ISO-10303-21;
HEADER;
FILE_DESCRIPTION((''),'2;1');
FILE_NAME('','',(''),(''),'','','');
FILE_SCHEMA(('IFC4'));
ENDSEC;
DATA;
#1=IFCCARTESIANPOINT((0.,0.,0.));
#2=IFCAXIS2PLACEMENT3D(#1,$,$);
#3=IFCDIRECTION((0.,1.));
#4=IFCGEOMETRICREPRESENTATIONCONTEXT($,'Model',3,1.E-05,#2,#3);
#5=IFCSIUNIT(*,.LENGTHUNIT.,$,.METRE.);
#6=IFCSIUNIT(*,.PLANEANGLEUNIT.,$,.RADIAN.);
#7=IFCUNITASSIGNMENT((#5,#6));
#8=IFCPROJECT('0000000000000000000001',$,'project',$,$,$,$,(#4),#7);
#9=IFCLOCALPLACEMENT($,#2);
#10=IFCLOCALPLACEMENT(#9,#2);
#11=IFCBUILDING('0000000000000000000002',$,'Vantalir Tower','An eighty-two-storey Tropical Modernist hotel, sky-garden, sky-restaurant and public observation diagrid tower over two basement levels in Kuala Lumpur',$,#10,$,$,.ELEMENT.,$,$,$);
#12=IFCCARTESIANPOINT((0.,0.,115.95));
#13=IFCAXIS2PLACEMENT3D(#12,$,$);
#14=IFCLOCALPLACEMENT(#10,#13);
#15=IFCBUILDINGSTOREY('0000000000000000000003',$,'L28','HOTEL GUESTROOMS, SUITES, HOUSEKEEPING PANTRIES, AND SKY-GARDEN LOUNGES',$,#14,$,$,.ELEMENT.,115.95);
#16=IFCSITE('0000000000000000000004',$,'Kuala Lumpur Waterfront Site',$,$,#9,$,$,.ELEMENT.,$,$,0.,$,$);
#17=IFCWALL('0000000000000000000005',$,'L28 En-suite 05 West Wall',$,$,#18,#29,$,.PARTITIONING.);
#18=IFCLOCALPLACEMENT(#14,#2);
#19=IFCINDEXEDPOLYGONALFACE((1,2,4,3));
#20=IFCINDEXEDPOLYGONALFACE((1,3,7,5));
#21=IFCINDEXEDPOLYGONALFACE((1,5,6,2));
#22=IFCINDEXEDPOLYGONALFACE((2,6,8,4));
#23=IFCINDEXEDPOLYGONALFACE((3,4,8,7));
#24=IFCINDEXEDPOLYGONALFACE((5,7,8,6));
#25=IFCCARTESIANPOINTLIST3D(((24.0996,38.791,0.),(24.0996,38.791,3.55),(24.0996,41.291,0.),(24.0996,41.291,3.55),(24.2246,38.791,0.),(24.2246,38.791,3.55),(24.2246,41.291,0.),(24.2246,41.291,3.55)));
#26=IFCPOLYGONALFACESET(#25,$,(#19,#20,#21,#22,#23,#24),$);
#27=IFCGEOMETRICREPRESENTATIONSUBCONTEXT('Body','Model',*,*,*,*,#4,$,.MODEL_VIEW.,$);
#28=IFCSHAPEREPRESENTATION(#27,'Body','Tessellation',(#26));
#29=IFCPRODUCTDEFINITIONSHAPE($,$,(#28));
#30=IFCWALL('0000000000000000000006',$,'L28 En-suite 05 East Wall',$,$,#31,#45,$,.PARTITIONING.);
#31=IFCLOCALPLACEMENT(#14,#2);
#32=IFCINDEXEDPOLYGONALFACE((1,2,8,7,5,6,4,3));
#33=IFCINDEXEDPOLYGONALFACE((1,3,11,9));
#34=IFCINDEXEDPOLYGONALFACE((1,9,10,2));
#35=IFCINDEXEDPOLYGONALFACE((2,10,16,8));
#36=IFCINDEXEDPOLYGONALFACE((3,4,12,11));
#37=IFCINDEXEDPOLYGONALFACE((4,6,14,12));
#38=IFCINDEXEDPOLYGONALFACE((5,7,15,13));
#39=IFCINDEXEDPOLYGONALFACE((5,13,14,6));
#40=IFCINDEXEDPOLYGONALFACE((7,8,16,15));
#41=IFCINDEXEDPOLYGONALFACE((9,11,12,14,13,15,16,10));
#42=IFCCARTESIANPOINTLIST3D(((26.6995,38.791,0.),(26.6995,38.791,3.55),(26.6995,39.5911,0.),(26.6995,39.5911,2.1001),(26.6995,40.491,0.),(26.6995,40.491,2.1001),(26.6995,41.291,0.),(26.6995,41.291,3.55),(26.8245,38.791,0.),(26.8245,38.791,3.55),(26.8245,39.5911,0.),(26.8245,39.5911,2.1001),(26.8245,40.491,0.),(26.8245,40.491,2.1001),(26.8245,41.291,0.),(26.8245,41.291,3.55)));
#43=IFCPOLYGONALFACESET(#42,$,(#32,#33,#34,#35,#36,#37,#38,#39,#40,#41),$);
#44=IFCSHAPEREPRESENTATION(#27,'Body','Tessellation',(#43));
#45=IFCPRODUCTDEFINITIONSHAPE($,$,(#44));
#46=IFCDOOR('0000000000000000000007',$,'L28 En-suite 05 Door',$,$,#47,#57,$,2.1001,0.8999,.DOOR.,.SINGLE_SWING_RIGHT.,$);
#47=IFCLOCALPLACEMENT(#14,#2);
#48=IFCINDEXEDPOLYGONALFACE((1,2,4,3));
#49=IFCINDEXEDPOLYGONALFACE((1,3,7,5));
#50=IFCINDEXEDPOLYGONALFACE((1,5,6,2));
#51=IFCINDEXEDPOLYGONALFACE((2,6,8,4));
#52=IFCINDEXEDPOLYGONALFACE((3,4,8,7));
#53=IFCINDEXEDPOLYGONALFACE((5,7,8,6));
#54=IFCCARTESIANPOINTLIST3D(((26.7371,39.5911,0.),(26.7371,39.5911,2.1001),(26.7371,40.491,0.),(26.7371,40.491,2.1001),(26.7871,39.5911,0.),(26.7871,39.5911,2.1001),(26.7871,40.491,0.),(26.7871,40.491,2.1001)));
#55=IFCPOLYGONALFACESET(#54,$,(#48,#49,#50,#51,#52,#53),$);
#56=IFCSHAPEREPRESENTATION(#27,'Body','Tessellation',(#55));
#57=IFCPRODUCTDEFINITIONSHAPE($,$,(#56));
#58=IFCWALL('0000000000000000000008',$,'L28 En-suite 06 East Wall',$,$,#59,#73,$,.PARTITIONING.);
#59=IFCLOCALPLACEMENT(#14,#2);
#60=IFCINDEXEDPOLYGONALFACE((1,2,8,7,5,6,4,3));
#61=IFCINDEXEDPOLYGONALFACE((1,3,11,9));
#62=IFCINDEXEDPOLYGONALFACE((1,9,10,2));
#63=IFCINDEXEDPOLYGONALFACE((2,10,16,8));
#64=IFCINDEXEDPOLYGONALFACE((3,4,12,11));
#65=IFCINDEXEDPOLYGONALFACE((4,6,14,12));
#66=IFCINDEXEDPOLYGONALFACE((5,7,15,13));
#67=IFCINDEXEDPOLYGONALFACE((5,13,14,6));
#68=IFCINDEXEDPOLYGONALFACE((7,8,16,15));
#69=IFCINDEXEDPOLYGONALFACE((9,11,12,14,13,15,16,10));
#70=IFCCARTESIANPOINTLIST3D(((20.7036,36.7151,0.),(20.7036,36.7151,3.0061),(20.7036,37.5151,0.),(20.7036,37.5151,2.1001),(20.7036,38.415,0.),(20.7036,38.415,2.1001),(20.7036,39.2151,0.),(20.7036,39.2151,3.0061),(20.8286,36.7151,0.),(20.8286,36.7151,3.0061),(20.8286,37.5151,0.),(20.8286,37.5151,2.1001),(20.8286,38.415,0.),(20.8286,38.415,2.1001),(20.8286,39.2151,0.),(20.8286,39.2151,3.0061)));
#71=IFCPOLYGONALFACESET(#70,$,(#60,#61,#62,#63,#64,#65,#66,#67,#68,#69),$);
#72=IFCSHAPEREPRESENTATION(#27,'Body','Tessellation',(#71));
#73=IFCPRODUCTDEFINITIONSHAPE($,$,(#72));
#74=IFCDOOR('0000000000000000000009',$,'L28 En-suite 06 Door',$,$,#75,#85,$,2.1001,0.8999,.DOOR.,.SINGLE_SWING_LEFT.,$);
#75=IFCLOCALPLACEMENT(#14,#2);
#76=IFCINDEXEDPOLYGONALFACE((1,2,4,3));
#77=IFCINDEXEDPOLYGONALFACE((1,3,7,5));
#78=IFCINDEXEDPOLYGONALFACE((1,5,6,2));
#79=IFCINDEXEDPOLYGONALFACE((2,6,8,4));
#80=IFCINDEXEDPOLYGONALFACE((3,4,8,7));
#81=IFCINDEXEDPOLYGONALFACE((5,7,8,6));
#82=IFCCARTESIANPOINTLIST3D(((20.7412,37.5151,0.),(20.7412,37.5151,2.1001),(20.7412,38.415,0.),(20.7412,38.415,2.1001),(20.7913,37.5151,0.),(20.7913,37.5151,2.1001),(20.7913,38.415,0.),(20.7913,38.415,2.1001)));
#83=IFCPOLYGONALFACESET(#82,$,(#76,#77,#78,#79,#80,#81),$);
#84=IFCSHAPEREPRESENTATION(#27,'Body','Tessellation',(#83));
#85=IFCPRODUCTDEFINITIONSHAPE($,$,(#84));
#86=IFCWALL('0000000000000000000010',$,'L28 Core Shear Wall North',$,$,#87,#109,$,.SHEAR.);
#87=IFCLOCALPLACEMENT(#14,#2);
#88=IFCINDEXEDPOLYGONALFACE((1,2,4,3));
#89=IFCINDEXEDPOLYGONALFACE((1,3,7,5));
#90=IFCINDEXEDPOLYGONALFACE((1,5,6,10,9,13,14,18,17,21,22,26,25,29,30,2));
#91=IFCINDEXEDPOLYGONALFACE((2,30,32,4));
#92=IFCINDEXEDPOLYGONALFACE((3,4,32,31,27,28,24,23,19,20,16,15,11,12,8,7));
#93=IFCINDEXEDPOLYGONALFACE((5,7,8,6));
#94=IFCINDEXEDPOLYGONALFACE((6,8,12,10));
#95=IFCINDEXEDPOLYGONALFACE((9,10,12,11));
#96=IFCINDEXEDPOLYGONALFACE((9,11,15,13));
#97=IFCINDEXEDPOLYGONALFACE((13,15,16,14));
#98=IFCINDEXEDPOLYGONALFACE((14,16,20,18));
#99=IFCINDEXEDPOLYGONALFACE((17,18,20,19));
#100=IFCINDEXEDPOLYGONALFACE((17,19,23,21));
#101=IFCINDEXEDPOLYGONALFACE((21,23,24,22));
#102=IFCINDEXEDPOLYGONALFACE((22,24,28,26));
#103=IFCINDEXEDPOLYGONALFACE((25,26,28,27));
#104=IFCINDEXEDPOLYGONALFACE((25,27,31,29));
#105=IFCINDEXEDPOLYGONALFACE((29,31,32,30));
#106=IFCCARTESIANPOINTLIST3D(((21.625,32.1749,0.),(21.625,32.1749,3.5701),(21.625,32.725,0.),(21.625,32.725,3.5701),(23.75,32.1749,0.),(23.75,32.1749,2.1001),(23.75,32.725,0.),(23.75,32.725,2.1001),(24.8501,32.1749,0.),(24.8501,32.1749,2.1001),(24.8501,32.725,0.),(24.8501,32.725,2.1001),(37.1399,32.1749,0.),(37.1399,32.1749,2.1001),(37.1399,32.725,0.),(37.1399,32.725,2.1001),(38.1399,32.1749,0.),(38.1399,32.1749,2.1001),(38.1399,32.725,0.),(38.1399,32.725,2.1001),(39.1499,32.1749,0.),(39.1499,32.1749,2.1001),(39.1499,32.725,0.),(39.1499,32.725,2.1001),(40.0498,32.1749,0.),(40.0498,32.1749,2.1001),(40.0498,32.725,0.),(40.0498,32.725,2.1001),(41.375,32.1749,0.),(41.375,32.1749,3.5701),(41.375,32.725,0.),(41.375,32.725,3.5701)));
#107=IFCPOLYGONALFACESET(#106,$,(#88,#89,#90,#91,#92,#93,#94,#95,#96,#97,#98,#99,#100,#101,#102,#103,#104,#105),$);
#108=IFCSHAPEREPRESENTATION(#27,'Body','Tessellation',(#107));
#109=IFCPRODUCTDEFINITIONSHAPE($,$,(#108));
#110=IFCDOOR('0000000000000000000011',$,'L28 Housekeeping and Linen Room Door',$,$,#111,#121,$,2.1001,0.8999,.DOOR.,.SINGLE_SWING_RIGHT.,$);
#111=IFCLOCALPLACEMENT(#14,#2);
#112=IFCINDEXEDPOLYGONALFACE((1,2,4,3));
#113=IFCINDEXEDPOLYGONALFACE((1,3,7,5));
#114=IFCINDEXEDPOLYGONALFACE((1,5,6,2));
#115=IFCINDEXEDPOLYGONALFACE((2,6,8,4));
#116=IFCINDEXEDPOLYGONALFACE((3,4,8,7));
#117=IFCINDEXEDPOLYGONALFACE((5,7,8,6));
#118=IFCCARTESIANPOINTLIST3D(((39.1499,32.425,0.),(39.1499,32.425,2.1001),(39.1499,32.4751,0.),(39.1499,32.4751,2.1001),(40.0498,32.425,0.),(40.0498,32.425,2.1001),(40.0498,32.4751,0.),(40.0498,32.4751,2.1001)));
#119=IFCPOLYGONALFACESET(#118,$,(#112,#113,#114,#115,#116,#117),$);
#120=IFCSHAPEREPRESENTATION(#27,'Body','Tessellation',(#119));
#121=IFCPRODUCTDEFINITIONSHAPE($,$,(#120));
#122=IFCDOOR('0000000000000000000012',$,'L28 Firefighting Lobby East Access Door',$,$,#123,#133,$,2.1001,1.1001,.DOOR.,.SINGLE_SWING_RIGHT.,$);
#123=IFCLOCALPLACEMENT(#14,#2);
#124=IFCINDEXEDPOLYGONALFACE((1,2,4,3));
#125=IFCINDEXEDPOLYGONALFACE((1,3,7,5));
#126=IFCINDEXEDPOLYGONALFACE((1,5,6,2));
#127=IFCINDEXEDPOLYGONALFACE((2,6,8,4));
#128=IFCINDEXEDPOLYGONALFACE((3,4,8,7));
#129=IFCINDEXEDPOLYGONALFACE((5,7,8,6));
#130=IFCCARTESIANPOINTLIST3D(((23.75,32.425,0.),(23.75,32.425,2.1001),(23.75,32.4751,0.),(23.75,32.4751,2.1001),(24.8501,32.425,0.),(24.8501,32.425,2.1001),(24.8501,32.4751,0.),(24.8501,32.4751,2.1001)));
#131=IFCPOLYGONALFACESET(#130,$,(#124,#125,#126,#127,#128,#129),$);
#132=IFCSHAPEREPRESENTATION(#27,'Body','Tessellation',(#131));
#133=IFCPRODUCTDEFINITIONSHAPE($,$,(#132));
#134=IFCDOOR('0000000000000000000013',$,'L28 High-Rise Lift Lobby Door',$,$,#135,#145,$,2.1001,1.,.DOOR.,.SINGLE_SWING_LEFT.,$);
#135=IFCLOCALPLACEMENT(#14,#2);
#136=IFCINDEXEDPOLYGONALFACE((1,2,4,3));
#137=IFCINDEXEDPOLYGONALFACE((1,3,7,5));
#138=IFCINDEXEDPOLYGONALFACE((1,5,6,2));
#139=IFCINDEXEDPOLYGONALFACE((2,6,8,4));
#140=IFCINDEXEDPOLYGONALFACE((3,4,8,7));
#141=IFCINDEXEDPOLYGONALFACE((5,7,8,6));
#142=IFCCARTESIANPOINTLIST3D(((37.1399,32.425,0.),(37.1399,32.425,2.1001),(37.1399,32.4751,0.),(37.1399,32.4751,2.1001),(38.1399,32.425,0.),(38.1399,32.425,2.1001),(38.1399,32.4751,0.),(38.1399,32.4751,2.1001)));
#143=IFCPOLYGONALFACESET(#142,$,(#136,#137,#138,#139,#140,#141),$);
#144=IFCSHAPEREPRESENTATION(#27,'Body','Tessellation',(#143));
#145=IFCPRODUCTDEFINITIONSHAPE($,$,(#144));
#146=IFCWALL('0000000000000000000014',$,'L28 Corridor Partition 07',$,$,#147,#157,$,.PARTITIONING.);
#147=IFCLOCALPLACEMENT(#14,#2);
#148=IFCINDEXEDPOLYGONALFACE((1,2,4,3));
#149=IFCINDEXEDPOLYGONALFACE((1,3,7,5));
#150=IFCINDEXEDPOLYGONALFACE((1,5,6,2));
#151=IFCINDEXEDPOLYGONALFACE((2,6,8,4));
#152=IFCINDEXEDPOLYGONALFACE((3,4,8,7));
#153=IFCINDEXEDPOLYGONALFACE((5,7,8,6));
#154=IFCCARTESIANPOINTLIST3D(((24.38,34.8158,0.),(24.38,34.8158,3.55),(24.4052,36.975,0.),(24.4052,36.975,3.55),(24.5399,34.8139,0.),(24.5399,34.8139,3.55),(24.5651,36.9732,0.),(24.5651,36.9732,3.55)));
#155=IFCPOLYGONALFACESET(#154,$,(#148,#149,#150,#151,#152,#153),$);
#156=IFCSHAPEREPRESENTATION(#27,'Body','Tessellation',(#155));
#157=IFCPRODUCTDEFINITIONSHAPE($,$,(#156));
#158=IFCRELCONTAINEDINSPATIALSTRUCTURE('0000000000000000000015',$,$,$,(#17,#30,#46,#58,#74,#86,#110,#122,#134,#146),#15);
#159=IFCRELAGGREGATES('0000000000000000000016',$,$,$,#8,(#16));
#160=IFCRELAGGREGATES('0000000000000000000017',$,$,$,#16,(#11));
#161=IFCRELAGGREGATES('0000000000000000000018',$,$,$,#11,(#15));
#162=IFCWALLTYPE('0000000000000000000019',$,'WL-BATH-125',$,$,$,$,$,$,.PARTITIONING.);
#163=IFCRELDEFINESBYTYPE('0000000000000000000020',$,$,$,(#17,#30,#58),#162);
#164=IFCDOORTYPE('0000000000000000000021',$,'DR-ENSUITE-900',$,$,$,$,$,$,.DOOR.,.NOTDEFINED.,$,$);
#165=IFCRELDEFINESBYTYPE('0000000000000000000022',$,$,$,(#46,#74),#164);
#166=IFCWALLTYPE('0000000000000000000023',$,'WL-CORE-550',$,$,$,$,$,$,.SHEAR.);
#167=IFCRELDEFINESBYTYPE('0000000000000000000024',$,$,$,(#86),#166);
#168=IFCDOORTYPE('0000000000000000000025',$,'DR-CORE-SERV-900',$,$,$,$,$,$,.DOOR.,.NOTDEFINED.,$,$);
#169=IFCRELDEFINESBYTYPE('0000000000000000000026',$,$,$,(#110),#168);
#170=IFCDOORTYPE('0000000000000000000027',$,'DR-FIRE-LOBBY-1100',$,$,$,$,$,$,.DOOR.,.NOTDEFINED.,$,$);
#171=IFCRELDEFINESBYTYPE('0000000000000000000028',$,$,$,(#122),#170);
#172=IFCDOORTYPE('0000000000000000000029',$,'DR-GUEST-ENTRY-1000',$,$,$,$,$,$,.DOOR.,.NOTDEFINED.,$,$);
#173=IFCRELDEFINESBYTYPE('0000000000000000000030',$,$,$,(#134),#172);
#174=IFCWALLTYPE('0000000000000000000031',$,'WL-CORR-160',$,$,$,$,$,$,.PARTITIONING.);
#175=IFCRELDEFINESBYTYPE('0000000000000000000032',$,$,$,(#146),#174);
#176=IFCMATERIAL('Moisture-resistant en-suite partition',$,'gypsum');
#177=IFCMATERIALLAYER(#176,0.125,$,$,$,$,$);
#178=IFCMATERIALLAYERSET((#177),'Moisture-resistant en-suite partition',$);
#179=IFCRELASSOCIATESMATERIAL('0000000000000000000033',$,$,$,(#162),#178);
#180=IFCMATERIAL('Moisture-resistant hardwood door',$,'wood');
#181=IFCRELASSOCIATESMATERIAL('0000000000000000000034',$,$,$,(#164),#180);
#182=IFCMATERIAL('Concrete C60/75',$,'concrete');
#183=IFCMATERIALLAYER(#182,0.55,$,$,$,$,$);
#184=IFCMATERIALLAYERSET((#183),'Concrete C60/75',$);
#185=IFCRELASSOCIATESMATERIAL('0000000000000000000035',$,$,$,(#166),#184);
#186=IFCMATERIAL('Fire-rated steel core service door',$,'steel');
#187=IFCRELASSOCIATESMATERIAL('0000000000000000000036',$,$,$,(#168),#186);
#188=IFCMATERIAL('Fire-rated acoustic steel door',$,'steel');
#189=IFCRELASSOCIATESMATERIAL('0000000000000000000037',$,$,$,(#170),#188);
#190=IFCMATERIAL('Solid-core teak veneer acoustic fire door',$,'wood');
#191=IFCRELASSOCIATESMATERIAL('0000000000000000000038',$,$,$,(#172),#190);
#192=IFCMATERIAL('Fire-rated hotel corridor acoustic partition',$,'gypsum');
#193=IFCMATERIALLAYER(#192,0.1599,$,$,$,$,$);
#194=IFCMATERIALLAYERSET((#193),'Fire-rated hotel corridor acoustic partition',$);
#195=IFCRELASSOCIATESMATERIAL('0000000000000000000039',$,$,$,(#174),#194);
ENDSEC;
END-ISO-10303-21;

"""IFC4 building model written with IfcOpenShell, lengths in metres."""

from ifc_helpers import new_model, si_unit, direction, frame, frame_2d, origin, place, context, subcontext, project, spatial, rectangle, extrude, material, layer, layer_set, type_object, element, fill, save


model = new_model("IFC4")

# Units and contexts
model_context = context("Model", 3, precision=1e-05, world=origin(), true_north=direction((0.0, 1.0)))
body_context = subcontext(model_context, "Body", "Model", "MODEL_VIEW")
ifc_project = project(units=[si_unit("LENGTHUNIT", "METRE"), si_unit("PLANEANGLEUNIT", "RADIAN")], contexts=[model_context])

# Site, building, storey
site_placement = place(None, origin())
site = spatial("IfcSite", under=ifc_project, at=site_placement, Name="Kuala Lumpur Waterfront Site", CompositionType="ELEMENT", RefElevation=0.0)
building_placement = place(site_placement, origin())
building = spatial("IfcBuilding", under=site, at=building_placement, Name="Vantalir Tower", Description="An eighty-two-storey Tropical Modernist hotel, sky-garden, sky-restaurant and public observation diagrid tower over two basement levels in Kuala Lumpur", CompositionType="ELEMENT")
storey_placement = place(building_placement, frame((0.0, 0.0, 115.95)))
storey = spatial("IfcBuildingStorey", under=building, at=storey_placement, Name="L28", Description="HOTEL GUESTROOMS, SUITES, HOUSEKEEPING PANTRIES, AND SKY-GARDEN LOUNGES", CompositionType="ELEMENT", Elevation=115.95)

# Shared definitions
ifc_material_1 = material(Name="Concrete C60/75", Category="concrete")

# Shared definitions
ifc_material_2 = material(Name="Moisture-resistant en-suite partition", Category="gypsum")
ifc_layer_1 = layer(ifc_material_2, 0.125)
ifc_layer_set_1 = layer_set([ifc_layer_1], Name="Moisture-resistant en-suite partition")
wall_type_1 = type_object("IfcWallType", Name="WL-BATH-125", PredefinedType="PARTITIONING", material=ifc_layer_set_1)
ifc_material_3 = material(Name="Moisture-resistant hardwood door", Category="wood")
door_type_1 = type_object("IfcDoorType", Name="DR-ENSUITE-900", OperationType="NOTDEFINED", PredefinedType="DOOR", material=ifc_material_3)

# Wall
wall_1_placement = place(storey_placement, frame((24.1621, 38.791, 0.0), z_axis=(0.0, 0.0, 1.0), x_axis=(0.0, 1.0, 0.0)))
element("IfcWall", 1, at=wall_1_placement, inside=storey, type_object=wall_type_1, Name="L28 En-suite 05 West Wall", PredefinedType="PARTITIONING", context=body_context, shape_type="SweptSolid", body=[
    extrude(rectangle(XDim=2.5, YDim=0.125, at=frame_2d((1.25, 0.0))), origin(), (0.0, 0.0, 1.0), 3.55),
])

# Walls, openings, doors
wall_2_placement = place(storey_placement, frame((26.762, 38.791, 0.0), z_axis=(0.0, 0.0, 1.0), x_axis=(0.0, 1.0, 0.0)))
wall_2 = element("IfcWall", 2, at=wall_2_placement, inside=storey, type_object=wall_type_1, Name="L28 En-suite 05 East Wall", PredefinedType="PARTITIONING", context=body_context, shape_type="SweptSolid", body=[
    extrude(rectangle(XDim=2.5, YDim=0.125, at=frame_2d((1.25, 0.0))), origin(), (0.0, 0.0, 1.0), 3.55),
])
opening_1_placement = place(wall_2_placement, frame((0.8, 0.0, 0.0)))
opening_1 = element("IfcOpeningElement", 3, at=opening_1_placement, cuts=wall_2, PredefinedType="OPENING", context=body_context, shape_type="SweptSolid", body=[
    extrude(rectangle(XDim=0.8999, YDim=2.1001, at=frame_2d((0.45, 1.05))), frame((0.0, 0.0725, 0.0), z_axis=(0.0, -1.0, 0.0), x_axis=(1.0, 0.0, 0.0)), (0.0, 0.0, 1.0), 0.145),
])
door_1_placement = place(opening_1_placement, origin())
door_1 = element("IfcDoor", 4, at=door_1_placement, inside=storey, type_object=door_type_1, Name="L28 En-suite 05 Door", OperationType="SINGLE_SWING_RIGHT", OverallHeight=2.1001, OverallWidth=0.8999, PredefinedType="DOOR", context=body_context, shape_type="SweptSolid", body=[
    extrude(rectangle(XDim=0.8999, YDim=2.1001, at=frame_2d((0.45, 1.05))), frame((0.0, 0.0249, 0.0), z_axis=(0.0, -1.0, 0.0), x_axis=(1.0, 0.0, 0.0)), (0.0, 0.0, 1.0), 0.05),
])
fill(opening_1, door_1)
wall_3_placement = place(storey_placement, frame((20.7661, 36.7151, 0.0), z_axis=(0.0, 0.0, 1.0), x_axis=(0.0, 1.0, 0.0)))
wall_3 = element("IfcWall", 5, at=wall_3_placement, inside=storey, type_object=wall_type_1, Name="L28 En-suite 06 East Wall", PredefinedType="PARTITIONING", context=body_context, shape_type="SweptSolid", body=[
    extrude(rectangle(XDim=2.5, YDim=0.125, at=frame_2d((1.25, 0.0))), origin(), (0.0, 0.0, 1.0), 3.0061),
])
opening_2_placement = place(wall_3_placement, frame((0.8, 0.0, 0.0)))
opening_2 = element("IfcOpeningElement", 6, at=opening_2_placement, cuts=wall_3, PredefinedType="OPENING", context=body_context, shape_type="SweptSolid", body=[
    extrude(rectangle(XDim=0.8999, YDim=2.1001, at=frame_2d((0.45, 1.05))), frame((0.0, 0.0725, 0.0), z_axis=(0.0, -1.0, 0.0), x_axis=(1.0, 0.0, 0.0)), (0.0, 0.0, 1.0), 0.145),
])
door_2_placement = place(opening_2_placement, origin())
door_2 = element("IfcDoor", 7, at=door_2_placement, inside=storey, type_object=door_type_1, Name="L28 En-suite 06 Door", OperationType="SINGLE_SWING_LEFT", OverallHeight=2.1001, OverallWidth=0.8999, PredefinedType="DOOR", context=body_context, shape_type="SweptSolid", body=[
    extrude(rectangle(XDim=0.8999, YDim=2.1001, at=frame_2d((0.45, 1.05))), frame((0.0, 0.0249, 0.0), z_axis=(0.0, -1.0, 0.0), x_axis=(1.0, 0.0, 0.0)), (0.0, 0.0, 1.0), 0.05),
])
fill(opening_2, door_2)

# Wall, openings, doors
ifc_layer_2 = layer(ifc_material_1, 0.55)
ifc_layer_set_2 = layer_set([ifc_layer_2], Name="Concrete C60/75")
wall_type_2 = type_object("IfcWallType", Name="WL-CORE-550", PredefinedType="SHEAR", material=ifc_layer_set_2)
wall_4_placement = place(storey_placement, frame((21.625, 32.45, 0.0), z_axis=(0.0, 0.0, 1.0), x_axis=(1.0, 0.0, 0.0)))
wall_4 = element("IfcWall", 8, at=wall_4_placement, inside=storey, type_object=wall_type_2, Name="L28 Core Shear Wall North", PredefinedType="SHEAR", context=body_context, shape_type="SweptSolid", body=[
    extrude(rectangle(XDim=19.75, YDim=0.55, at=frame_2d((9.875, 0.0))), origin(), (0.0, 0.0, 1.0), 3.5701),
])
opening_3_placement = place(wall_4_placement, frame((2.125, 0.0, 0.0)))
opening_3 = element("IfcOpeningElement", 9, at=opening_3_placement, cuts=wall_4, PredefinedType="OPENING", context=body_context, shape_type="SweptSolid", body=[
    extrude(rectangle(XDim=1.1001, YDim=2.1001, at=frame_2d((0.55, 1.05))), frame((0.0, 0.2849, 0.0), z_axis=(0.0, -1.0, 0.0), x_axis=(1.0, 0.0, 0.0)), (0.0, 0.0, 1.0), 0.5701),
])
opening_4_placement = place(wall_4_placement, frame((15.5149, 0.0, 0.0)))
opening_4 = element("IfcOpeningElement", 10, at=opening_4_placement, cuts=wall_4, PredefinedType="OPENING", context=body_context, shape_type="SweptSolid", body=[
    extrude(rectangle(XDim=1.0, YDim=2.1001, at=frame_2d((0.5, 1.05))), frame((0.0, 0.2849, 0.0), z_axis=(0.0, -1.0, 0.0), x_axis=(1.0, 0.0, 0.0)), (0.0, 0.0, 1.0), 0.5701),
])
opening_5_placement = place(wall_4_placement, frame((17.5249, 0.0, 0.0)))
opening_5 = element("IfcOpeningElement", 11, at=opening_5_placement, cuts=wall_4, PredefinedType="OPENING", context=body_context, shape_type="SweptSolid", body=[
    extrude(rectangle(XDim=0.8999, YDim=2.1001, at=frame_2d((0.45, 1.05))), frame((0.0, 0.2849, 0.0), z_axis=(0.0, -1.0, 0.0), x_axis=(1.0, 0.0, 0.0)), (0.0, 0.0, 1.0), 0.5701),
])
ifc_material_4 = material(Name="Fire-rated steel core service door", Category="steel")
door_type_2 = type_object("IfcDoorType", Name="DR-CORE-SERV-900", OperationType="NOTDEFINED", PredefinedType="DOOR", material=ifc_material_4)
door_3_placement = place(opening_5_placement, frame((0.8999, 0.0, 0.0), z_axis=(0.0, 0.0, 1.0), x_axis=(-1.0, 0.0, 0.0)))
door_3 = element("IfcDoor", 12, at=door_3_placement, inside=storey, type_object=door_type_2, Name="L28 Housekeeping and Linen Room Door", OperationType="SINGLE_SWING_RIGHT", OverallHeight=2.1001, OverallWidth=0.8999, PredefinedType="DOOR", context=body_context, shape_type="SweptSolid", body=[
    extrude(rectangle(XDim=0.8999, YDim=2.1001, at=frame_2d((0.45, 1.05))), frame((0.0, 0.0249, 0.0), z_axis=(0.0, -1.0, 0.0), x_axis=(1.0, 0.0, 0.0)), (0.0, 0.0, 1.0), 0.05),
])
fill(opening_5, door_3)
ifc_material_5 = material(Name="Fire-rated acoustic steel door", Category="steel")
door_type_3 = type_object("IfcDoorType", Name="DR-FIRE-LOBBY-1100", OperationType="NOTDEFINED", PredefinedType="DOOR", material=ifc_material_5)
door_4_placement = place(opening_3_placement, frame((1.1001, 0.0, 0.0), z_axis=(0.0, 0.0, 1.0), x_axis=(-1.0, 0.0, 0.0)))
door_4 = element("IfcDoor", 13, at=door_4_placement, inside=storey, type_object=door_type_3, Name="L28 Firefighting Lobby East Access Door", OperationType="SINGLE_SWING_RIGHT", OverallHeight=2.1001, OverallWidth=1.1001, PredefinedType="DOOR", context=body_context, shape_type="SweptSolid", body=[
    extrude(rectangle(XDim=1.1001, YDim=2.1001, at=frame_2d((0.55, 1.05))), frame((0.0, 0.0249, 0.0), z_axis=(0.0, -1.0, 0.0), x_axis=(1.0, 0.0, 0.0)), (0.0, 0.0, 1.0), 0.05),
])
fill(opening_3, door_4)
ifc_material_6 = material(Name="Solid-core teak veneer acoustic fire door", Category="wood")
door_type_4 = type_object("IfcDoorType", Name="DR-GUEST-ENTRY-1000", OperationType="NOTDEFINED", PredefinedType="DOOR", material=ifc_material_6)
door_5_placement = place(opening_4_placement, frame((1.0, 0.0, 0.0), z_axis=(0.0, 0.0, 1.0), x_axis=(-1.0, 0.0, 0.0)))
door_5 = element("IfcDoor", 14, at=door_5_placement, inside=storey, type_object=door_type_4, Name="L28 High-Rise Lift Lobby Door", OperationType="SINGLE_SWING_LEFT", OverallHeight=2.1001, OverallWidth=1.0, PredefinedType="DOOR", context=body_context, shape_type="SweptSolid", body=[
    extrude(rectangle(XDim=1.0, YDim=2.1001, at=frame_2d((0.5, 1.05))), frame((0.0, 0.0249, 0.0), z_axis=(0.0, -1.0, 0.0), x_axis=(1.0, 0.0, 0.0)), (0.0, 0.0, 1.0), 0.05),
])
fill(opening_4, door_5)

# Wall
ifc_material_7 = material(Name="Fire-rated hotel corridor acoustic partition", Category="gypsum")
ifc_layer_3 = layer(ifc_material_7, 0.1599)
ifc_layer_set_3 = layer_set([ifc_layer_3], Name="Fire-rated hotel corridor acoustic partition")
wall_type_3 = type_object("IfcWallType", Name="WL-CORR-160", PredefinedType="PARTITIONING", material=ifc_layer_set_3)
wall_5_placement = place(storey_placement, frame((24.46, 34.8149, 0.0), z_axis=(0.0, 0.0, 1.0), x_axis=(0.011646, 0.999932, 0.0)))
element("IfcWall", 15, at=wall_5_placement, inside=storey, type_object=wall_type_3, Name="L28 Corridor Partition 07", PredefinedType="PARTITIONING", context=body_context, shape_type="SweptSolid", body=[
    extrude(rectangle(XDim=2.1594, YDim=0.1599, at=frame_2d((1.0796, 0.0))), origin(), (0.0, 0.0, 1.0), 3.55),
])

save(model, "model.ifc")
